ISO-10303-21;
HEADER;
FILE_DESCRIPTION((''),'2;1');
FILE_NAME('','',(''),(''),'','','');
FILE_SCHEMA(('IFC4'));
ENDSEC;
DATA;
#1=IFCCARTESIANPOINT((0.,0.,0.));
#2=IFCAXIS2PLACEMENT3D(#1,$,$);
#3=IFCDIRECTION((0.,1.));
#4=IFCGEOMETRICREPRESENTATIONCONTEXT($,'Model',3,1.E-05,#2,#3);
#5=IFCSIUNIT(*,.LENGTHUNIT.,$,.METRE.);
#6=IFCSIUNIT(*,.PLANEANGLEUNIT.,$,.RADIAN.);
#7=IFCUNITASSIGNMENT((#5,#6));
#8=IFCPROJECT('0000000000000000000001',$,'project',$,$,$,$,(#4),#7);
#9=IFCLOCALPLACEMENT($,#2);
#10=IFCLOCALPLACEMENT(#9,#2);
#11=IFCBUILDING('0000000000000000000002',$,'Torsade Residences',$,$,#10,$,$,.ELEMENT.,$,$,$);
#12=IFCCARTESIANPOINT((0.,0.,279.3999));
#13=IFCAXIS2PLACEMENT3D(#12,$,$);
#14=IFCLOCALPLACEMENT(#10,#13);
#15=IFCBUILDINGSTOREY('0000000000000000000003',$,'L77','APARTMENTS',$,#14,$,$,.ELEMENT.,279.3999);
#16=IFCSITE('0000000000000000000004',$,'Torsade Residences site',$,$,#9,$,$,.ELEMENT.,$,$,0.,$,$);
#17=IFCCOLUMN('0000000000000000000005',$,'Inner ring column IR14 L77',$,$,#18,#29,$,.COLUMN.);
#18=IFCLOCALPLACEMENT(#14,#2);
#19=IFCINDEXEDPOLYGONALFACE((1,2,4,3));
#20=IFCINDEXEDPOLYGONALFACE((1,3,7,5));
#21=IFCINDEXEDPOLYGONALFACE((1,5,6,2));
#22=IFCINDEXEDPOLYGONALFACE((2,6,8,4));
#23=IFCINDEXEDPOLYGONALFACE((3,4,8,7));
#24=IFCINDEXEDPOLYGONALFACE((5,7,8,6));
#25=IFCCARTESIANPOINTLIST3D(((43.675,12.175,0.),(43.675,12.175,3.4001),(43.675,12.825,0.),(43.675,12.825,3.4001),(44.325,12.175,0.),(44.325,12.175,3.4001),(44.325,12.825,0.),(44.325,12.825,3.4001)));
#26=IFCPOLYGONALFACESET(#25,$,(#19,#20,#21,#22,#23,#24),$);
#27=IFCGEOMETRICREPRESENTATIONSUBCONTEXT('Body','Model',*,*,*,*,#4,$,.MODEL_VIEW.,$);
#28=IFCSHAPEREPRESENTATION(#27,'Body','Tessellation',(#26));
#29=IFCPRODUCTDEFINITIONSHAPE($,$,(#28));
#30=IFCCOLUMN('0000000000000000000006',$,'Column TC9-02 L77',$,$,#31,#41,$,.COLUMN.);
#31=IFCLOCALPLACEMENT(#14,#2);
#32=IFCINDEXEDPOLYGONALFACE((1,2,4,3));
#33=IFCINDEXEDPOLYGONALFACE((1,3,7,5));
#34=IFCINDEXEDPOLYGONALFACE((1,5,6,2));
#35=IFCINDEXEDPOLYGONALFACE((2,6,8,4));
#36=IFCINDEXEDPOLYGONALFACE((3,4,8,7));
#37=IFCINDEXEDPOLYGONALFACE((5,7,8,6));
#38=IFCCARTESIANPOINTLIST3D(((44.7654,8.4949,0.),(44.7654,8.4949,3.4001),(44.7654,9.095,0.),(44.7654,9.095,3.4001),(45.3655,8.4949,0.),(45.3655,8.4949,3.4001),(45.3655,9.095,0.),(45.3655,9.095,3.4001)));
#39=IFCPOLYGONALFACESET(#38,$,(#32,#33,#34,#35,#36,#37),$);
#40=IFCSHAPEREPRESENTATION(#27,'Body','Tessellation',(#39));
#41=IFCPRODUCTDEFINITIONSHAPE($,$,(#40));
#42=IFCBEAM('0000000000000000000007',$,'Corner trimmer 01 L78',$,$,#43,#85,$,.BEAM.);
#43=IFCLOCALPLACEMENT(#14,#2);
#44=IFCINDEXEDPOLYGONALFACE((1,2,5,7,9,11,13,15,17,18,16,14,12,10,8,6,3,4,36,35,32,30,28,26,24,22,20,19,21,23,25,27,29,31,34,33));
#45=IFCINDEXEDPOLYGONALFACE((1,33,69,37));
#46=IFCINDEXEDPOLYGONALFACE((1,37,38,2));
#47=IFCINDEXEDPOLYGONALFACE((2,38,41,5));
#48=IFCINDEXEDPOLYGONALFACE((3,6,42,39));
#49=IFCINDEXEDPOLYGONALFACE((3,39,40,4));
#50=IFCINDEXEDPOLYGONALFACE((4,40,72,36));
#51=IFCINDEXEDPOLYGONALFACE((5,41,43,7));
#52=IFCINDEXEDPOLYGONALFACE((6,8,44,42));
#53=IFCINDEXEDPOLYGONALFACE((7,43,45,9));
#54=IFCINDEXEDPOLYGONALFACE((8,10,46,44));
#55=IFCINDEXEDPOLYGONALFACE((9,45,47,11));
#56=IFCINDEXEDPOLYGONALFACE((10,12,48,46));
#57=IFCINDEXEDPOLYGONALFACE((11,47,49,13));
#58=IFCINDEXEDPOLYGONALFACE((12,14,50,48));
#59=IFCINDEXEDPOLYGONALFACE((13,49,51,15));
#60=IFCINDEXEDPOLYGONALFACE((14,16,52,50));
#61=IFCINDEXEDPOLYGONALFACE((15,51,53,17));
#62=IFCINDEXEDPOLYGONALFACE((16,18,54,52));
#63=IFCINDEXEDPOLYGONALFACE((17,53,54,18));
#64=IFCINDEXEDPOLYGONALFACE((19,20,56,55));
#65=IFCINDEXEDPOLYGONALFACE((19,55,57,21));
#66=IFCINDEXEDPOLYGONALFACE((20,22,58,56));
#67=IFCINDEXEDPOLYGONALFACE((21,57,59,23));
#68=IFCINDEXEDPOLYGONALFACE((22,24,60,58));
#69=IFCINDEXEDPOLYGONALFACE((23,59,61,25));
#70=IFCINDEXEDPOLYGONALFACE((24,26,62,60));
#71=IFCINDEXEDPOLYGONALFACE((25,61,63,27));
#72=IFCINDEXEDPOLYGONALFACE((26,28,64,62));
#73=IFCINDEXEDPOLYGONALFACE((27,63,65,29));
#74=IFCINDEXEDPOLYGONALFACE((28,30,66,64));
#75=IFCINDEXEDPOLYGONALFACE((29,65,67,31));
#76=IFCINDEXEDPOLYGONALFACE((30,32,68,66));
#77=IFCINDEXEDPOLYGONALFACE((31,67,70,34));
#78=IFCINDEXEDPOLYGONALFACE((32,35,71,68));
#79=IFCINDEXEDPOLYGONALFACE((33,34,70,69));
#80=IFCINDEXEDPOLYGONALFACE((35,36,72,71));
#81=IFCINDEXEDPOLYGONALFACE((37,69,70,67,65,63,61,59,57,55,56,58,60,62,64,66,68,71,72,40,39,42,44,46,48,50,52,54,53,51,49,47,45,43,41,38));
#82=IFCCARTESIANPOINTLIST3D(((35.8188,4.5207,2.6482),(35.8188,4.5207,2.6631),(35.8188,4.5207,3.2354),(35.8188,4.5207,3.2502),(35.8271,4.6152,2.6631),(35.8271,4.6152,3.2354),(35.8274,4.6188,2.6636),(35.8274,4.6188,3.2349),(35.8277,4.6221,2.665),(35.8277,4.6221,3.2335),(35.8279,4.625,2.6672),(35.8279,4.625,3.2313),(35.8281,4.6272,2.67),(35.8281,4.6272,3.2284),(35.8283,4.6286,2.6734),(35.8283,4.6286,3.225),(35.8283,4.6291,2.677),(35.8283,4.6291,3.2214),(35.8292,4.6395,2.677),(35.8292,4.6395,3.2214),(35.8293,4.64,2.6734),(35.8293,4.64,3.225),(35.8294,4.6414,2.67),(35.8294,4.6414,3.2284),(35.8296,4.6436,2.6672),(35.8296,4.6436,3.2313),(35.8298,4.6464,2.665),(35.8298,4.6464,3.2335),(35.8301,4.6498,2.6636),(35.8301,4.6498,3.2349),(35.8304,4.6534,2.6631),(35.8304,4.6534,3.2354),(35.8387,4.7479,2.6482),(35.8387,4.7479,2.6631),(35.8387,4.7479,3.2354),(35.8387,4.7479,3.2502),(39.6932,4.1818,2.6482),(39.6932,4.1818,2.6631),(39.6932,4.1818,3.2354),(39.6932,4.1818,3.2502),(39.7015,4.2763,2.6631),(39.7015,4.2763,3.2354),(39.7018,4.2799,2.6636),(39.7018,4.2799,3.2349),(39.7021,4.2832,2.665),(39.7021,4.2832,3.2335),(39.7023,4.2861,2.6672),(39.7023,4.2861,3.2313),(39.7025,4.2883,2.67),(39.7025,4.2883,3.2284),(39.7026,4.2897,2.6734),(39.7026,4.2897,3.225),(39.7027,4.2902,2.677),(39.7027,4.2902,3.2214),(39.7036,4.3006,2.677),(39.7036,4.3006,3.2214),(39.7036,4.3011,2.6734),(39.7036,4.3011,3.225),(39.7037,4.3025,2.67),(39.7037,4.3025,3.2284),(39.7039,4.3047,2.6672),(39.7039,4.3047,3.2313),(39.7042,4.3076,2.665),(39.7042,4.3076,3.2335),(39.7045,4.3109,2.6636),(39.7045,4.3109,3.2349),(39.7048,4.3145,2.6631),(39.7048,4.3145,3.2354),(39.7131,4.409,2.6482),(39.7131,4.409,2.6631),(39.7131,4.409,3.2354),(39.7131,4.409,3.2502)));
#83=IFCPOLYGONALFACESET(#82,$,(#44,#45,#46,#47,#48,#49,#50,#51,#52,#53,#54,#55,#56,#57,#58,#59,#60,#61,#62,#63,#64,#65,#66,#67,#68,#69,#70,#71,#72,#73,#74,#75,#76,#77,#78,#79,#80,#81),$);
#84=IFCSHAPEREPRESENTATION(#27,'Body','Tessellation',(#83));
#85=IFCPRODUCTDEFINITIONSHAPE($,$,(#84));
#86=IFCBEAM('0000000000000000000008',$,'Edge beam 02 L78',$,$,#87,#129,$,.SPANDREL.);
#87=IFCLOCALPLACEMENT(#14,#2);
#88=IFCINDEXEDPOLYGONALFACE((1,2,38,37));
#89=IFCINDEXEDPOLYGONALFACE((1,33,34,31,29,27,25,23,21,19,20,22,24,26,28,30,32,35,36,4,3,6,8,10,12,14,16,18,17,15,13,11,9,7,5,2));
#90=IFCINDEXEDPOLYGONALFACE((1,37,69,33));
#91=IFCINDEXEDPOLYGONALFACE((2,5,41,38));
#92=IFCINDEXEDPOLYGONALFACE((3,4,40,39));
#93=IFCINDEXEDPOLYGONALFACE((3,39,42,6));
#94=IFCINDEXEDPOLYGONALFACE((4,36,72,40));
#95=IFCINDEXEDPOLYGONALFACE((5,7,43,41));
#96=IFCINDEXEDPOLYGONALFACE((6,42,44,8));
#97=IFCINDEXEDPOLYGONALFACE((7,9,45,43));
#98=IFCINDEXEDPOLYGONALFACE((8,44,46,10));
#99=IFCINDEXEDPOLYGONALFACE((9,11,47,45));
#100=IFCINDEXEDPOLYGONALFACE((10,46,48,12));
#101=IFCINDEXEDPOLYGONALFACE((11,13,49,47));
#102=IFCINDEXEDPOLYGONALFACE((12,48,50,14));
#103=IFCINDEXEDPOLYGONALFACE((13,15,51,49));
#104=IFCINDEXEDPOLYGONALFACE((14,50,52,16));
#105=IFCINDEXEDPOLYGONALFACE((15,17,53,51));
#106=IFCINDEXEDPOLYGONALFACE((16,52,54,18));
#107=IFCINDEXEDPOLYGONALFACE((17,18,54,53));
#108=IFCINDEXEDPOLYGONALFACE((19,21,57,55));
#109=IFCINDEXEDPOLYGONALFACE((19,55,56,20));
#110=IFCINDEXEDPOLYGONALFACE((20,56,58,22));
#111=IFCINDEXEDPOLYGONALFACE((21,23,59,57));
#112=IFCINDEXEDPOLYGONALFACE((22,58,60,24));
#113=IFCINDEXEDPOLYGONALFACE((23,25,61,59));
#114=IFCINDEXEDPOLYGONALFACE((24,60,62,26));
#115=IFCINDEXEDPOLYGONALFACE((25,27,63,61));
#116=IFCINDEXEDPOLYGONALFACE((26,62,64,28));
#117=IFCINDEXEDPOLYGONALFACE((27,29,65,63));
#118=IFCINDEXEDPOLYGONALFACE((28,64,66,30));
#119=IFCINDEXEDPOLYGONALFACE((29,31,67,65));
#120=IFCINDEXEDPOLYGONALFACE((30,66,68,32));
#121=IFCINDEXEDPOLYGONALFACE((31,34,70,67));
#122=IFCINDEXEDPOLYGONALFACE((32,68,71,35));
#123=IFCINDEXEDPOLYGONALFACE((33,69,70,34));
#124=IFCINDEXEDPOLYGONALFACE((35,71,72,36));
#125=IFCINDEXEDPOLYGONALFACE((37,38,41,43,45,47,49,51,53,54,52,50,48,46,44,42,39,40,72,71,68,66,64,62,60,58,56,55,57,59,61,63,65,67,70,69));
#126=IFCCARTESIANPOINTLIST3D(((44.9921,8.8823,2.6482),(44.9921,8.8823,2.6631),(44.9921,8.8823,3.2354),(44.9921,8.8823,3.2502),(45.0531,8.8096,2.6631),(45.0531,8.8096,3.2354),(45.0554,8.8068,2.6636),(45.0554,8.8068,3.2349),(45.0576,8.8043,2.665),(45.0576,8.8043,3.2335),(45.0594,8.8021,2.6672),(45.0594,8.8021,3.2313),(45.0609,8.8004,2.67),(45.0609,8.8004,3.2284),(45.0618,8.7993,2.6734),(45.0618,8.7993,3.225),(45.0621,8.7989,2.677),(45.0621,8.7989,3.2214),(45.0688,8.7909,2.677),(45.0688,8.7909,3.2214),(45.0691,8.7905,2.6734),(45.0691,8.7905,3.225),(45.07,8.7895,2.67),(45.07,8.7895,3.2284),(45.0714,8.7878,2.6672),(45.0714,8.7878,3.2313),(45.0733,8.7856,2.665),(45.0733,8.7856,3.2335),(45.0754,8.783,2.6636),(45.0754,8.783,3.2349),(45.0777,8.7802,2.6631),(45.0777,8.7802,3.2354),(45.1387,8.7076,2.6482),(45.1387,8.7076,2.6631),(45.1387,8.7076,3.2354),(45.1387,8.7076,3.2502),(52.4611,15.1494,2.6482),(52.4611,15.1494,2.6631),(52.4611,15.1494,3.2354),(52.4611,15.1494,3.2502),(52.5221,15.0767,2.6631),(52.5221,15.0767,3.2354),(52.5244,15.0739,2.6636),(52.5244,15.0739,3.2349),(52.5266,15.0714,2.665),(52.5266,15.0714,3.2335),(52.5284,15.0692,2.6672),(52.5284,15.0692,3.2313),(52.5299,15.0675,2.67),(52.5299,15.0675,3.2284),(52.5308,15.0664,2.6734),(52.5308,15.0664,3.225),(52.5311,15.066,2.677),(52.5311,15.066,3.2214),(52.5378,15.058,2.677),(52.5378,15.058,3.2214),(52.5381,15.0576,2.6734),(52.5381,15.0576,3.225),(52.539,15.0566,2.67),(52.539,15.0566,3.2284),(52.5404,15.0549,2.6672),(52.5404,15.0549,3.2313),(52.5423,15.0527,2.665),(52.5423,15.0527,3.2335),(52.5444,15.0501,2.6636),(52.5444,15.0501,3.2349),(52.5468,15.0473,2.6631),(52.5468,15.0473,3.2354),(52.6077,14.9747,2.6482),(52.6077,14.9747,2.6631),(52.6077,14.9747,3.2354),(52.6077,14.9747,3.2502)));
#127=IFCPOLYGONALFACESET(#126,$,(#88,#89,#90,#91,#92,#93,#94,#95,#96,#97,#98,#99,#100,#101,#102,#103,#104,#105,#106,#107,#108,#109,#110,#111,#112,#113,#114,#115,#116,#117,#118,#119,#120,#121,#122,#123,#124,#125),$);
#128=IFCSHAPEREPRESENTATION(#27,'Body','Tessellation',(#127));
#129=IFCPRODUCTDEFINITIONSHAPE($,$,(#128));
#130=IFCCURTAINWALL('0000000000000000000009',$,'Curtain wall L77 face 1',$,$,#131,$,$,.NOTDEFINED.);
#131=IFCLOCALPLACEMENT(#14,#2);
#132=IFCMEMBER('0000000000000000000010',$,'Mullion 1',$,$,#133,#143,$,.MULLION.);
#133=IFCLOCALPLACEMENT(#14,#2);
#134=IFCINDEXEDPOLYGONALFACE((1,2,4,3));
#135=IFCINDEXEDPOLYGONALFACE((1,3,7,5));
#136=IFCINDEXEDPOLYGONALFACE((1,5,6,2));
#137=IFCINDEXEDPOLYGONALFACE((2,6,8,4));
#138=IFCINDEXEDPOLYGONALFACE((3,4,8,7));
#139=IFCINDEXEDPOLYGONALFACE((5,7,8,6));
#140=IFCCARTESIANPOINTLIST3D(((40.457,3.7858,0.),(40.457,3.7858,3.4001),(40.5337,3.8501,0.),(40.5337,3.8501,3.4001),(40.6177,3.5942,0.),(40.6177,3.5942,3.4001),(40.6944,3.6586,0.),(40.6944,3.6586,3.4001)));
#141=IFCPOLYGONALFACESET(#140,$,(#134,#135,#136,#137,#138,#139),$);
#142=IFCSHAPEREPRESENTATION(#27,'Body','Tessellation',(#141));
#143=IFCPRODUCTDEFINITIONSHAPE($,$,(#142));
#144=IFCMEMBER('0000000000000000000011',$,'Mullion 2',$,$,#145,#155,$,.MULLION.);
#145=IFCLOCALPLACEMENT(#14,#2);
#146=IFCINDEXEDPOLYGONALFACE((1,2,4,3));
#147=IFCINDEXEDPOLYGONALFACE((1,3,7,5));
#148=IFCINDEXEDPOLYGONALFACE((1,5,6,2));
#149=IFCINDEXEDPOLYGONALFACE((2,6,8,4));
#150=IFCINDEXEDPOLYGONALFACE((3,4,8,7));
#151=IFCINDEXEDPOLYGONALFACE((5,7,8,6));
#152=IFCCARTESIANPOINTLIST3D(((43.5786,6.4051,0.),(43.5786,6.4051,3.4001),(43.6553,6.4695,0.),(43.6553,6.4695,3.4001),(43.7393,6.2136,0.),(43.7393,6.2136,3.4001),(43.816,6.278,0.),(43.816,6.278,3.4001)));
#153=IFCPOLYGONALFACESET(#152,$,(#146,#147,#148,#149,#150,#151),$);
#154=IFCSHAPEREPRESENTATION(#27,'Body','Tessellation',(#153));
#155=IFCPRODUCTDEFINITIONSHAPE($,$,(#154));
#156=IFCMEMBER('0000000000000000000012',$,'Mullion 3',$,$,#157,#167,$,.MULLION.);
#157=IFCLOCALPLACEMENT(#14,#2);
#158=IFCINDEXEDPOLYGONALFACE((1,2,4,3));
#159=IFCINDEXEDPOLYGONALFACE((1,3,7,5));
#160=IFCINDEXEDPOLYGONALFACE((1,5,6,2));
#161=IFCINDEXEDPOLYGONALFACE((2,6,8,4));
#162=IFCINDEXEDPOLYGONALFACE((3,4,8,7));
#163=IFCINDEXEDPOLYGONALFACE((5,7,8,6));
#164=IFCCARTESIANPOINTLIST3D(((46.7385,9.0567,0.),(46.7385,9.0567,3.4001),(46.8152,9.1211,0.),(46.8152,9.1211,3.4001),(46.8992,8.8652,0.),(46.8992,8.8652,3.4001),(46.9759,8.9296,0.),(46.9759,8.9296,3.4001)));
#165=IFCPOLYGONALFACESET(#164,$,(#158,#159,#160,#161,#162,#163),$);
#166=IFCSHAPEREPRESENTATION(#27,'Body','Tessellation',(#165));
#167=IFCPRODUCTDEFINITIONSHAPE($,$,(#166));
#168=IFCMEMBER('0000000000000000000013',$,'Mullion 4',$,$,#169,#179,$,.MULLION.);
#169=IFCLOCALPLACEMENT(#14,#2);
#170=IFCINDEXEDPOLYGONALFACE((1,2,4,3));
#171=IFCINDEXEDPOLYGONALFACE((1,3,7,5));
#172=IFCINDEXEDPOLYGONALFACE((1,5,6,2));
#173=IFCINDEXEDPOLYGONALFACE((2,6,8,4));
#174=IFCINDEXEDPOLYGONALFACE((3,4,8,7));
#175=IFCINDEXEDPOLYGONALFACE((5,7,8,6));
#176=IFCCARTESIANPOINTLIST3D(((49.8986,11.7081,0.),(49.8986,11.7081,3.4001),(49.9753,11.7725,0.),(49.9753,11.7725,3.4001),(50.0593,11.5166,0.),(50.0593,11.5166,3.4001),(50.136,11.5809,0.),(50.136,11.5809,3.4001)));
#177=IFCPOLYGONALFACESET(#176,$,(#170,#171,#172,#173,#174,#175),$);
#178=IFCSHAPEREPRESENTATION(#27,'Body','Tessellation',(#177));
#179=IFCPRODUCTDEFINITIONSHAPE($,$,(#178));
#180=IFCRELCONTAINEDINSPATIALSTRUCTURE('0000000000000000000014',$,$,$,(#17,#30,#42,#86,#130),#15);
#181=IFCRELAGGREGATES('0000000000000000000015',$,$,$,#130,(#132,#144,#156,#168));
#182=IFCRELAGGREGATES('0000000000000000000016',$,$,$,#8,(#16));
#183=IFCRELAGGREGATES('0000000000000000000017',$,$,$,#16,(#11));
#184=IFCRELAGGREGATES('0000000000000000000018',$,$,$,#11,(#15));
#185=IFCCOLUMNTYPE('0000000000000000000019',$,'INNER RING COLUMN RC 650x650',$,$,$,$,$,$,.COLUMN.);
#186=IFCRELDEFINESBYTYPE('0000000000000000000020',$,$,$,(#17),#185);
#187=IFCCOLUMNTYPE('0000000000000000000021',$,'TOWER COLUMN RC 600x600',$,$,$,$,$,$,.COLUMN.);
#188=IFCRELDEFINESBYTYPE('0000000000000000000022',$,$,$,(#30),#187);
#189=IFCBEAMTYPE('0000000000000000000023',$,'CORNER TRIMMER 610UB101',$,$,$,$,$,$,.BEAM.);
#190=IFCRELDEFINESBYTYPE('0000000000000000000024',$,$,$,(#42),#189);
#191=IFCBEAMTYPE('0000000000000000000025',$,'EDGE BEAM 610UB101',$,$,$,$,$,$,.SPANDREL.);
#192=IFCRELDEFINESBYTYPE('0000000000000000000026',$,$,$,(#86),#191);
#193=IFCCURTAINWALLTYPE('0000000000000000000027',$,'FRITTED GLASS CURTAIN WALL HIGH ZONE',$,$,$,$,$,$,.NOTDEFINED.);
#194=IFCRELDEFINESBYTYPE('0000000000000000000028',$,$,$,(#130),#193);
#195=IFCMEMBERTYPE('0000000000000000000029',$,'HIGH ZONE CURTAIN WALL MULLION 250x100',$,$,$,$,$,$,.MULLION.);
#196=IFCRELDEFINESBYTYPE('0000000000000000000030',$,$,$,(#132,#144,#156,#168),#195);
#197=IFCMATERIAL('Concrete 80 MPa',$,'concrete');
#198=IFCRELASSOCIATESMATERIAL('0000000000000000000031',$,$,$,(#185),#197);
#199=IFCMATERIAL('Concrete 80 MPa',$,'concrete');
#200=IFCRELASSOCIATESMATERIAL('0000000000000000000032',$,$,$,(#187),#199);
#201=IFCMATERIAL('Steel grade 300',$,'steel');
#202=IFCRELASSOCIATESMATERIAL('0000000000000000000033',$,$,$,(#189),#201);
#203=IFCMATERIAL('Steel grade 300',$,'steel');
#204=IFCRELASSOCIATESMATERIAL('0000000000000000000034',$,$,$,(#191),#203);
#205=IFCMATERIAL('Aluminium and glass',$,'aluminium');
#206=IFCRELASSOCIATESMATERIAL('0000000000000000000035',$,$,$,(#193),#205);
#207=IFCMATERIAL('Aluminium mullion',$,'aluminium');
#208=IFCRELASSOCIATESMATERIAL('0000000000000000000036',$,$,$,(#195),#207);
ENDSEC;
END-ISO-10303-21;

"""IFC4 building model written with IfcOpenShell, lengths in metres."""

from ifc_helpers import new_model, si_unit, direction, frame, origin, origin_2d, place, context, subcontext, project, spatial, rectangle, i_section, extrude, material, material_profile, profile_set, type_object, element, aggregate, save


model = new_model("IFC4")

# Units and contexts
model_context = context("Model", 3, precision=1e-05, world=origin(), true_north=direction((0.0, 1.0)))
body_context = subcontext(model_context, "Body", "Model", "MODEL_VIEW")
ifc_project = project(units=[si_unit("LENGTHUNIT", "METRE"), si_unit("PLANEANGLEUNIT", "RADIAN")], contexts=[model_context])

# Site, building, storey
site_placement = place(None, origin())
site = spatial("IfcSite", under=ifc_project, at=site_placement, Name="Torsade Residences site", CompositionType="ELEMENT", RefElevation=0.0)
building_placement = place(site_placement, origin())
building = spatial("IfcBuilding", under=site, at=building_placement, Name="Torsade Residences", CompositionType="ELEMENT")
storey_placement = place(building_placement, frame((0.0, 0.0, 279.3999)))
storey = spatial("IfcBuildingStorey", under=building, at=storey_placement, Name="L77", Description="APARTMENTS", CompositionType="ELEMENT", Elevation=279.3999)

# Columns
ifc_material_1 = material(Name="Concrete 80 MPa", Category="concrete")
ifc_material_profile_1 = material_profile(ifc_material_1, rectangle(XDim=0.6499, YDim=0.6499, at=origin_2d()), Name="RC 650x650")
ifc_profile_set_1 = profile_set([ifc_material_profile_1], Name="Concrete 80 MPa")
column_type_1 = type_object("IfcColumnType", Name="INNER RING COLUMN RC 650x650", PredefinedType="COLUMN", material=ifc_profile_set_1)
column_1_placement = place(storey_placement, frame((44.0, 12.5, 0.0), z_axis=(0.0, 0.0, 1.0), x_axis=(1.0, 0.0, 0.0)))
element("IfcColumn", 1, at=column_1_placement, inside=storey, type_object=column_type_1, Name="Inner ring column IR14 L77", PredefinedType="COLUMN", context=body_context, shape_type="SweptSolid", body=[
    extrude(rectangle(XDim=0.6499, YDim=0.6499, at=origin_2d()), origin(), (0.0, 0.0, 1.0), 3.4001),
])
ifc_material_2 = material(Name="Concrete 80 MPa", Category="concrete")
ifc_material_profile_2 = material_profile(ifc_material_2, rectangle(XDim=0.6001, YDim=0.6001, at=origin_2d()), Name="RC 600x600")
ifc_profile_set_2 = profile_set([ifc_material_profile_2], Name="Concrete 80 MPa")
column_type_2 = type_object("IfcColumnType", Name="TOWER COLUMN RC 600x600", PredefinedType="COLUMN", material=ifc_profile_set_2)
column_2_placement = place(storey_placement, frame((45.0654, 8.7949, 0.0), z_axis=(0.0, 0.0, 1.0), x_axis=(1.0, 0.0, 0.0)))
element("IfcColumn", 2, at=column_2_placement, inside=storey, type_object=column_type_2, Name="Column TC9-02 L77", PredefinedType="COLUMN", context=body_context, shape_type="SweptSolid", body=[
    extrude(rectangle(XDim=0.6001, YDim=0.6001, at=origin_2d()), origin(), (0.0, 0.0, 1.0), 3.4001),
])

# Beams
ifc_material_3 = material(Name="Steel grade 300", Category="steel")
ifc_material_profile_3 = material_profile(ifc_material_3, i_section(OverallWidth=0.228, OverallDepth=0.6021, WebThickness=0.0105, FlangeThickness=0.0149, FilletRadius=0.0139, at=origin_2d()), Name="610UB101")
ifc_profile_set_3 = profile_set([ifc_material_profile_3], Name="Steel grade 300")
beam_type_1 = type_object("IfcBeamType", Name="CORNER TRIMMER 610UB101", PredefinedType="BEAM", material=ifc_profile_set_3)
beam_1_placement = place(storey_placement, frame((39.7031, 4.2954, 2.9492), z_axis=(-0.996197, 0.087133, 0.0), x_axis=(-0.087133, -0.996197, 0.0)))
element("IfcBeam", 3, at=beam_1_placement, inside=storey, type_object=beam_type_1, Name="Corner trimmer 01 L78", PredefinedType="BEAM", context=body_context, shape_type="SweptSolid", body=[
    extrude(i_section(OverallWidth=0.228, OverallDepth=0.6021, WebThickness=0.0105, FlangeThickness=0.0149, FilletRadius=0.0139, at=origin_2d()), origin(), (0.0, 0.0, 1.0), 3.8892),
])
ifc_material_4 = material(Name="Steel grade 300", Category="steel")
ifc_material_profile_4 = material_profile(ifc_material_4, i_section(OverallWidth=0.228, OverallDepth=0.6021, WebThickness=0.0105, FlangeThickness=0.0149, FilletRadius=0.0139, at=origin_2d()), Name="610UB101")
ifc_profile_set_4 = profile_set([ifc_material_profile_4], Name="Steel grade 300")
beam_type_2 = type_object("IfcBeamType", Name="EDGE BEAM 610UB101", PredefinedType="SPANDREL", material=ifc_profile_set_4)
beam_2_placement = place(storey_placement, frame((45.0654, 8.7949, 2.9492), z_axis=(0.766052, 0.642779, 0.0), x_axis=(-0.642779, 0.766052, 0.0)))
element("IfcBeam", 4, at=beam_2_placement, inside=storey, type_object=beam_type_2, Name="Edge beam 02 L78", PredefinedType="SPANDREL", context=body_context, shape_type="SweptSolid", body=[
    extrude(i_section(OverallWidth=0.228, OverallDepth=0.6021, WebThickness=0.0105, FlangeThickness=0.0149, FilletRadius=0.0139, at=origin_2d()), origin(), (0.0, 0.0, 1.0), 9.75),
])

# Curtain wall, members
ifc_material_5 = material(Name="Aluminium and glass", Category="aluminium")
curtain_wall_type = type_object("IfcCurtainWallType", Name="FRITTED GLASS CURTAIN WALL HIGH ZONE", PredefinedType="NOTDEFINED", material=ifc_material_5)
curtain_wall_placement = place(storey_placement, origin())
curtain_wall = element("IfcCurtainWall", 5, at=curtain_wall_placement, inside=storey, type_object=curtain_wall_type, Name="Curtain wall L77 face 1", PredefinedType="NOTDEFINED")
ifc_material_6 = material(Name="Aluminium mullion", Category="aluminium")
ifc_material_profile_5 = material_profile(ifc_material_6, rectangle(XDim=0.25, YDim=0.1001, at=origin_2d()), Name="HIGH ZONE CURTAIN WALL MULLION 250x100")
ifc_profile_set_5 = profile_set([ifc_material_profile_5], Name="Aluminium mullion")
member_type_1 = type_object("IfcMemberType", Name="HIGH ZONE CURTAIN WALL MULLION 250x100", PredefinedType="MULLION", material=ifc_profile_set_5)
member_1_placement = place(storey_placement, frame((40.5757, 3.7222, 0.0), z_axis=(0.0, 0.0, 1.0), x_axis=(-0.642788, 0.766044, 0.0)))
member_1 = element("IfcMember", 6, at=member_1_placement, type_object=member_type_1, Name="Mullion 1", PredefinedType="MULLION", context=body_context, shape_type="SweptSolid", body=[
    extrude(rectangle(XDim=0.25, YDim=0.1001, at=origin_2d()), origin(), (0.0, 0.0, 1.0), 3.4001),
])
member_2_placement = place(storey_placement, frame((43.6973, 6.3416, 0.0), z_axis=(0.0, 0.0, 1.0), x_axis=(-0.642788, 0.766044, 0.0)))
member_2 = element("IfcMember", 7, at=member_2_placement, type_object=member_type_1, Name="Mullion 2", PredefinedType="MULLION", context=body_context, shape_type="SweptSolid", body=[
    extrude(rectangle(XDim=0.25, YDim=0.1001, at=origin_2d()), origin(), (0.0, 0.0, 1.0), 3.4001),
])
member_3_placement = place(storey_placement, frame((46.8572, 8.9932, 0.0), z_axis=(0.0, 0.0, 1.0), x_axis=(-0.642788, 0.766044, 0.0)))
member_3 = element("IfcMember", 8, at=member_3_placement, type_object=member_type_1, Name="Mullion 3", PredefinedType="MULLION", context=body_context, shape_type="SweptSolid", body=[
    extrude(rectangle(XDim=0.25, YDim=0.1001, at=origin_2d()), origin(), (0.0, 0.0, 1.0), 3.4001),
])
member_4_placement = place(storey_placement, frame((50.0173, 11.6445, 0.0), z_axis=(0.0, 0.0, 1.0), x_axis=(-0.642788, 0.766044, 0.0)))
member_4 = element("IfcMember", 9, at=member_4_placement, type_object=member_type_1, Name="Mullion 4", PredefinedType="MULLION", context=body_context, shape_type="SweptSolid", body=[
    extrude(rectangle(XDim=0.25, YDim=0.1001, at=origin_2d()), origin(), (0.0, 0.0, 1.0), 3.4001),
])

aggregate(curtain_wall, [member_1, member_2, member_3, member_4])

save(model, "model.ifc")
